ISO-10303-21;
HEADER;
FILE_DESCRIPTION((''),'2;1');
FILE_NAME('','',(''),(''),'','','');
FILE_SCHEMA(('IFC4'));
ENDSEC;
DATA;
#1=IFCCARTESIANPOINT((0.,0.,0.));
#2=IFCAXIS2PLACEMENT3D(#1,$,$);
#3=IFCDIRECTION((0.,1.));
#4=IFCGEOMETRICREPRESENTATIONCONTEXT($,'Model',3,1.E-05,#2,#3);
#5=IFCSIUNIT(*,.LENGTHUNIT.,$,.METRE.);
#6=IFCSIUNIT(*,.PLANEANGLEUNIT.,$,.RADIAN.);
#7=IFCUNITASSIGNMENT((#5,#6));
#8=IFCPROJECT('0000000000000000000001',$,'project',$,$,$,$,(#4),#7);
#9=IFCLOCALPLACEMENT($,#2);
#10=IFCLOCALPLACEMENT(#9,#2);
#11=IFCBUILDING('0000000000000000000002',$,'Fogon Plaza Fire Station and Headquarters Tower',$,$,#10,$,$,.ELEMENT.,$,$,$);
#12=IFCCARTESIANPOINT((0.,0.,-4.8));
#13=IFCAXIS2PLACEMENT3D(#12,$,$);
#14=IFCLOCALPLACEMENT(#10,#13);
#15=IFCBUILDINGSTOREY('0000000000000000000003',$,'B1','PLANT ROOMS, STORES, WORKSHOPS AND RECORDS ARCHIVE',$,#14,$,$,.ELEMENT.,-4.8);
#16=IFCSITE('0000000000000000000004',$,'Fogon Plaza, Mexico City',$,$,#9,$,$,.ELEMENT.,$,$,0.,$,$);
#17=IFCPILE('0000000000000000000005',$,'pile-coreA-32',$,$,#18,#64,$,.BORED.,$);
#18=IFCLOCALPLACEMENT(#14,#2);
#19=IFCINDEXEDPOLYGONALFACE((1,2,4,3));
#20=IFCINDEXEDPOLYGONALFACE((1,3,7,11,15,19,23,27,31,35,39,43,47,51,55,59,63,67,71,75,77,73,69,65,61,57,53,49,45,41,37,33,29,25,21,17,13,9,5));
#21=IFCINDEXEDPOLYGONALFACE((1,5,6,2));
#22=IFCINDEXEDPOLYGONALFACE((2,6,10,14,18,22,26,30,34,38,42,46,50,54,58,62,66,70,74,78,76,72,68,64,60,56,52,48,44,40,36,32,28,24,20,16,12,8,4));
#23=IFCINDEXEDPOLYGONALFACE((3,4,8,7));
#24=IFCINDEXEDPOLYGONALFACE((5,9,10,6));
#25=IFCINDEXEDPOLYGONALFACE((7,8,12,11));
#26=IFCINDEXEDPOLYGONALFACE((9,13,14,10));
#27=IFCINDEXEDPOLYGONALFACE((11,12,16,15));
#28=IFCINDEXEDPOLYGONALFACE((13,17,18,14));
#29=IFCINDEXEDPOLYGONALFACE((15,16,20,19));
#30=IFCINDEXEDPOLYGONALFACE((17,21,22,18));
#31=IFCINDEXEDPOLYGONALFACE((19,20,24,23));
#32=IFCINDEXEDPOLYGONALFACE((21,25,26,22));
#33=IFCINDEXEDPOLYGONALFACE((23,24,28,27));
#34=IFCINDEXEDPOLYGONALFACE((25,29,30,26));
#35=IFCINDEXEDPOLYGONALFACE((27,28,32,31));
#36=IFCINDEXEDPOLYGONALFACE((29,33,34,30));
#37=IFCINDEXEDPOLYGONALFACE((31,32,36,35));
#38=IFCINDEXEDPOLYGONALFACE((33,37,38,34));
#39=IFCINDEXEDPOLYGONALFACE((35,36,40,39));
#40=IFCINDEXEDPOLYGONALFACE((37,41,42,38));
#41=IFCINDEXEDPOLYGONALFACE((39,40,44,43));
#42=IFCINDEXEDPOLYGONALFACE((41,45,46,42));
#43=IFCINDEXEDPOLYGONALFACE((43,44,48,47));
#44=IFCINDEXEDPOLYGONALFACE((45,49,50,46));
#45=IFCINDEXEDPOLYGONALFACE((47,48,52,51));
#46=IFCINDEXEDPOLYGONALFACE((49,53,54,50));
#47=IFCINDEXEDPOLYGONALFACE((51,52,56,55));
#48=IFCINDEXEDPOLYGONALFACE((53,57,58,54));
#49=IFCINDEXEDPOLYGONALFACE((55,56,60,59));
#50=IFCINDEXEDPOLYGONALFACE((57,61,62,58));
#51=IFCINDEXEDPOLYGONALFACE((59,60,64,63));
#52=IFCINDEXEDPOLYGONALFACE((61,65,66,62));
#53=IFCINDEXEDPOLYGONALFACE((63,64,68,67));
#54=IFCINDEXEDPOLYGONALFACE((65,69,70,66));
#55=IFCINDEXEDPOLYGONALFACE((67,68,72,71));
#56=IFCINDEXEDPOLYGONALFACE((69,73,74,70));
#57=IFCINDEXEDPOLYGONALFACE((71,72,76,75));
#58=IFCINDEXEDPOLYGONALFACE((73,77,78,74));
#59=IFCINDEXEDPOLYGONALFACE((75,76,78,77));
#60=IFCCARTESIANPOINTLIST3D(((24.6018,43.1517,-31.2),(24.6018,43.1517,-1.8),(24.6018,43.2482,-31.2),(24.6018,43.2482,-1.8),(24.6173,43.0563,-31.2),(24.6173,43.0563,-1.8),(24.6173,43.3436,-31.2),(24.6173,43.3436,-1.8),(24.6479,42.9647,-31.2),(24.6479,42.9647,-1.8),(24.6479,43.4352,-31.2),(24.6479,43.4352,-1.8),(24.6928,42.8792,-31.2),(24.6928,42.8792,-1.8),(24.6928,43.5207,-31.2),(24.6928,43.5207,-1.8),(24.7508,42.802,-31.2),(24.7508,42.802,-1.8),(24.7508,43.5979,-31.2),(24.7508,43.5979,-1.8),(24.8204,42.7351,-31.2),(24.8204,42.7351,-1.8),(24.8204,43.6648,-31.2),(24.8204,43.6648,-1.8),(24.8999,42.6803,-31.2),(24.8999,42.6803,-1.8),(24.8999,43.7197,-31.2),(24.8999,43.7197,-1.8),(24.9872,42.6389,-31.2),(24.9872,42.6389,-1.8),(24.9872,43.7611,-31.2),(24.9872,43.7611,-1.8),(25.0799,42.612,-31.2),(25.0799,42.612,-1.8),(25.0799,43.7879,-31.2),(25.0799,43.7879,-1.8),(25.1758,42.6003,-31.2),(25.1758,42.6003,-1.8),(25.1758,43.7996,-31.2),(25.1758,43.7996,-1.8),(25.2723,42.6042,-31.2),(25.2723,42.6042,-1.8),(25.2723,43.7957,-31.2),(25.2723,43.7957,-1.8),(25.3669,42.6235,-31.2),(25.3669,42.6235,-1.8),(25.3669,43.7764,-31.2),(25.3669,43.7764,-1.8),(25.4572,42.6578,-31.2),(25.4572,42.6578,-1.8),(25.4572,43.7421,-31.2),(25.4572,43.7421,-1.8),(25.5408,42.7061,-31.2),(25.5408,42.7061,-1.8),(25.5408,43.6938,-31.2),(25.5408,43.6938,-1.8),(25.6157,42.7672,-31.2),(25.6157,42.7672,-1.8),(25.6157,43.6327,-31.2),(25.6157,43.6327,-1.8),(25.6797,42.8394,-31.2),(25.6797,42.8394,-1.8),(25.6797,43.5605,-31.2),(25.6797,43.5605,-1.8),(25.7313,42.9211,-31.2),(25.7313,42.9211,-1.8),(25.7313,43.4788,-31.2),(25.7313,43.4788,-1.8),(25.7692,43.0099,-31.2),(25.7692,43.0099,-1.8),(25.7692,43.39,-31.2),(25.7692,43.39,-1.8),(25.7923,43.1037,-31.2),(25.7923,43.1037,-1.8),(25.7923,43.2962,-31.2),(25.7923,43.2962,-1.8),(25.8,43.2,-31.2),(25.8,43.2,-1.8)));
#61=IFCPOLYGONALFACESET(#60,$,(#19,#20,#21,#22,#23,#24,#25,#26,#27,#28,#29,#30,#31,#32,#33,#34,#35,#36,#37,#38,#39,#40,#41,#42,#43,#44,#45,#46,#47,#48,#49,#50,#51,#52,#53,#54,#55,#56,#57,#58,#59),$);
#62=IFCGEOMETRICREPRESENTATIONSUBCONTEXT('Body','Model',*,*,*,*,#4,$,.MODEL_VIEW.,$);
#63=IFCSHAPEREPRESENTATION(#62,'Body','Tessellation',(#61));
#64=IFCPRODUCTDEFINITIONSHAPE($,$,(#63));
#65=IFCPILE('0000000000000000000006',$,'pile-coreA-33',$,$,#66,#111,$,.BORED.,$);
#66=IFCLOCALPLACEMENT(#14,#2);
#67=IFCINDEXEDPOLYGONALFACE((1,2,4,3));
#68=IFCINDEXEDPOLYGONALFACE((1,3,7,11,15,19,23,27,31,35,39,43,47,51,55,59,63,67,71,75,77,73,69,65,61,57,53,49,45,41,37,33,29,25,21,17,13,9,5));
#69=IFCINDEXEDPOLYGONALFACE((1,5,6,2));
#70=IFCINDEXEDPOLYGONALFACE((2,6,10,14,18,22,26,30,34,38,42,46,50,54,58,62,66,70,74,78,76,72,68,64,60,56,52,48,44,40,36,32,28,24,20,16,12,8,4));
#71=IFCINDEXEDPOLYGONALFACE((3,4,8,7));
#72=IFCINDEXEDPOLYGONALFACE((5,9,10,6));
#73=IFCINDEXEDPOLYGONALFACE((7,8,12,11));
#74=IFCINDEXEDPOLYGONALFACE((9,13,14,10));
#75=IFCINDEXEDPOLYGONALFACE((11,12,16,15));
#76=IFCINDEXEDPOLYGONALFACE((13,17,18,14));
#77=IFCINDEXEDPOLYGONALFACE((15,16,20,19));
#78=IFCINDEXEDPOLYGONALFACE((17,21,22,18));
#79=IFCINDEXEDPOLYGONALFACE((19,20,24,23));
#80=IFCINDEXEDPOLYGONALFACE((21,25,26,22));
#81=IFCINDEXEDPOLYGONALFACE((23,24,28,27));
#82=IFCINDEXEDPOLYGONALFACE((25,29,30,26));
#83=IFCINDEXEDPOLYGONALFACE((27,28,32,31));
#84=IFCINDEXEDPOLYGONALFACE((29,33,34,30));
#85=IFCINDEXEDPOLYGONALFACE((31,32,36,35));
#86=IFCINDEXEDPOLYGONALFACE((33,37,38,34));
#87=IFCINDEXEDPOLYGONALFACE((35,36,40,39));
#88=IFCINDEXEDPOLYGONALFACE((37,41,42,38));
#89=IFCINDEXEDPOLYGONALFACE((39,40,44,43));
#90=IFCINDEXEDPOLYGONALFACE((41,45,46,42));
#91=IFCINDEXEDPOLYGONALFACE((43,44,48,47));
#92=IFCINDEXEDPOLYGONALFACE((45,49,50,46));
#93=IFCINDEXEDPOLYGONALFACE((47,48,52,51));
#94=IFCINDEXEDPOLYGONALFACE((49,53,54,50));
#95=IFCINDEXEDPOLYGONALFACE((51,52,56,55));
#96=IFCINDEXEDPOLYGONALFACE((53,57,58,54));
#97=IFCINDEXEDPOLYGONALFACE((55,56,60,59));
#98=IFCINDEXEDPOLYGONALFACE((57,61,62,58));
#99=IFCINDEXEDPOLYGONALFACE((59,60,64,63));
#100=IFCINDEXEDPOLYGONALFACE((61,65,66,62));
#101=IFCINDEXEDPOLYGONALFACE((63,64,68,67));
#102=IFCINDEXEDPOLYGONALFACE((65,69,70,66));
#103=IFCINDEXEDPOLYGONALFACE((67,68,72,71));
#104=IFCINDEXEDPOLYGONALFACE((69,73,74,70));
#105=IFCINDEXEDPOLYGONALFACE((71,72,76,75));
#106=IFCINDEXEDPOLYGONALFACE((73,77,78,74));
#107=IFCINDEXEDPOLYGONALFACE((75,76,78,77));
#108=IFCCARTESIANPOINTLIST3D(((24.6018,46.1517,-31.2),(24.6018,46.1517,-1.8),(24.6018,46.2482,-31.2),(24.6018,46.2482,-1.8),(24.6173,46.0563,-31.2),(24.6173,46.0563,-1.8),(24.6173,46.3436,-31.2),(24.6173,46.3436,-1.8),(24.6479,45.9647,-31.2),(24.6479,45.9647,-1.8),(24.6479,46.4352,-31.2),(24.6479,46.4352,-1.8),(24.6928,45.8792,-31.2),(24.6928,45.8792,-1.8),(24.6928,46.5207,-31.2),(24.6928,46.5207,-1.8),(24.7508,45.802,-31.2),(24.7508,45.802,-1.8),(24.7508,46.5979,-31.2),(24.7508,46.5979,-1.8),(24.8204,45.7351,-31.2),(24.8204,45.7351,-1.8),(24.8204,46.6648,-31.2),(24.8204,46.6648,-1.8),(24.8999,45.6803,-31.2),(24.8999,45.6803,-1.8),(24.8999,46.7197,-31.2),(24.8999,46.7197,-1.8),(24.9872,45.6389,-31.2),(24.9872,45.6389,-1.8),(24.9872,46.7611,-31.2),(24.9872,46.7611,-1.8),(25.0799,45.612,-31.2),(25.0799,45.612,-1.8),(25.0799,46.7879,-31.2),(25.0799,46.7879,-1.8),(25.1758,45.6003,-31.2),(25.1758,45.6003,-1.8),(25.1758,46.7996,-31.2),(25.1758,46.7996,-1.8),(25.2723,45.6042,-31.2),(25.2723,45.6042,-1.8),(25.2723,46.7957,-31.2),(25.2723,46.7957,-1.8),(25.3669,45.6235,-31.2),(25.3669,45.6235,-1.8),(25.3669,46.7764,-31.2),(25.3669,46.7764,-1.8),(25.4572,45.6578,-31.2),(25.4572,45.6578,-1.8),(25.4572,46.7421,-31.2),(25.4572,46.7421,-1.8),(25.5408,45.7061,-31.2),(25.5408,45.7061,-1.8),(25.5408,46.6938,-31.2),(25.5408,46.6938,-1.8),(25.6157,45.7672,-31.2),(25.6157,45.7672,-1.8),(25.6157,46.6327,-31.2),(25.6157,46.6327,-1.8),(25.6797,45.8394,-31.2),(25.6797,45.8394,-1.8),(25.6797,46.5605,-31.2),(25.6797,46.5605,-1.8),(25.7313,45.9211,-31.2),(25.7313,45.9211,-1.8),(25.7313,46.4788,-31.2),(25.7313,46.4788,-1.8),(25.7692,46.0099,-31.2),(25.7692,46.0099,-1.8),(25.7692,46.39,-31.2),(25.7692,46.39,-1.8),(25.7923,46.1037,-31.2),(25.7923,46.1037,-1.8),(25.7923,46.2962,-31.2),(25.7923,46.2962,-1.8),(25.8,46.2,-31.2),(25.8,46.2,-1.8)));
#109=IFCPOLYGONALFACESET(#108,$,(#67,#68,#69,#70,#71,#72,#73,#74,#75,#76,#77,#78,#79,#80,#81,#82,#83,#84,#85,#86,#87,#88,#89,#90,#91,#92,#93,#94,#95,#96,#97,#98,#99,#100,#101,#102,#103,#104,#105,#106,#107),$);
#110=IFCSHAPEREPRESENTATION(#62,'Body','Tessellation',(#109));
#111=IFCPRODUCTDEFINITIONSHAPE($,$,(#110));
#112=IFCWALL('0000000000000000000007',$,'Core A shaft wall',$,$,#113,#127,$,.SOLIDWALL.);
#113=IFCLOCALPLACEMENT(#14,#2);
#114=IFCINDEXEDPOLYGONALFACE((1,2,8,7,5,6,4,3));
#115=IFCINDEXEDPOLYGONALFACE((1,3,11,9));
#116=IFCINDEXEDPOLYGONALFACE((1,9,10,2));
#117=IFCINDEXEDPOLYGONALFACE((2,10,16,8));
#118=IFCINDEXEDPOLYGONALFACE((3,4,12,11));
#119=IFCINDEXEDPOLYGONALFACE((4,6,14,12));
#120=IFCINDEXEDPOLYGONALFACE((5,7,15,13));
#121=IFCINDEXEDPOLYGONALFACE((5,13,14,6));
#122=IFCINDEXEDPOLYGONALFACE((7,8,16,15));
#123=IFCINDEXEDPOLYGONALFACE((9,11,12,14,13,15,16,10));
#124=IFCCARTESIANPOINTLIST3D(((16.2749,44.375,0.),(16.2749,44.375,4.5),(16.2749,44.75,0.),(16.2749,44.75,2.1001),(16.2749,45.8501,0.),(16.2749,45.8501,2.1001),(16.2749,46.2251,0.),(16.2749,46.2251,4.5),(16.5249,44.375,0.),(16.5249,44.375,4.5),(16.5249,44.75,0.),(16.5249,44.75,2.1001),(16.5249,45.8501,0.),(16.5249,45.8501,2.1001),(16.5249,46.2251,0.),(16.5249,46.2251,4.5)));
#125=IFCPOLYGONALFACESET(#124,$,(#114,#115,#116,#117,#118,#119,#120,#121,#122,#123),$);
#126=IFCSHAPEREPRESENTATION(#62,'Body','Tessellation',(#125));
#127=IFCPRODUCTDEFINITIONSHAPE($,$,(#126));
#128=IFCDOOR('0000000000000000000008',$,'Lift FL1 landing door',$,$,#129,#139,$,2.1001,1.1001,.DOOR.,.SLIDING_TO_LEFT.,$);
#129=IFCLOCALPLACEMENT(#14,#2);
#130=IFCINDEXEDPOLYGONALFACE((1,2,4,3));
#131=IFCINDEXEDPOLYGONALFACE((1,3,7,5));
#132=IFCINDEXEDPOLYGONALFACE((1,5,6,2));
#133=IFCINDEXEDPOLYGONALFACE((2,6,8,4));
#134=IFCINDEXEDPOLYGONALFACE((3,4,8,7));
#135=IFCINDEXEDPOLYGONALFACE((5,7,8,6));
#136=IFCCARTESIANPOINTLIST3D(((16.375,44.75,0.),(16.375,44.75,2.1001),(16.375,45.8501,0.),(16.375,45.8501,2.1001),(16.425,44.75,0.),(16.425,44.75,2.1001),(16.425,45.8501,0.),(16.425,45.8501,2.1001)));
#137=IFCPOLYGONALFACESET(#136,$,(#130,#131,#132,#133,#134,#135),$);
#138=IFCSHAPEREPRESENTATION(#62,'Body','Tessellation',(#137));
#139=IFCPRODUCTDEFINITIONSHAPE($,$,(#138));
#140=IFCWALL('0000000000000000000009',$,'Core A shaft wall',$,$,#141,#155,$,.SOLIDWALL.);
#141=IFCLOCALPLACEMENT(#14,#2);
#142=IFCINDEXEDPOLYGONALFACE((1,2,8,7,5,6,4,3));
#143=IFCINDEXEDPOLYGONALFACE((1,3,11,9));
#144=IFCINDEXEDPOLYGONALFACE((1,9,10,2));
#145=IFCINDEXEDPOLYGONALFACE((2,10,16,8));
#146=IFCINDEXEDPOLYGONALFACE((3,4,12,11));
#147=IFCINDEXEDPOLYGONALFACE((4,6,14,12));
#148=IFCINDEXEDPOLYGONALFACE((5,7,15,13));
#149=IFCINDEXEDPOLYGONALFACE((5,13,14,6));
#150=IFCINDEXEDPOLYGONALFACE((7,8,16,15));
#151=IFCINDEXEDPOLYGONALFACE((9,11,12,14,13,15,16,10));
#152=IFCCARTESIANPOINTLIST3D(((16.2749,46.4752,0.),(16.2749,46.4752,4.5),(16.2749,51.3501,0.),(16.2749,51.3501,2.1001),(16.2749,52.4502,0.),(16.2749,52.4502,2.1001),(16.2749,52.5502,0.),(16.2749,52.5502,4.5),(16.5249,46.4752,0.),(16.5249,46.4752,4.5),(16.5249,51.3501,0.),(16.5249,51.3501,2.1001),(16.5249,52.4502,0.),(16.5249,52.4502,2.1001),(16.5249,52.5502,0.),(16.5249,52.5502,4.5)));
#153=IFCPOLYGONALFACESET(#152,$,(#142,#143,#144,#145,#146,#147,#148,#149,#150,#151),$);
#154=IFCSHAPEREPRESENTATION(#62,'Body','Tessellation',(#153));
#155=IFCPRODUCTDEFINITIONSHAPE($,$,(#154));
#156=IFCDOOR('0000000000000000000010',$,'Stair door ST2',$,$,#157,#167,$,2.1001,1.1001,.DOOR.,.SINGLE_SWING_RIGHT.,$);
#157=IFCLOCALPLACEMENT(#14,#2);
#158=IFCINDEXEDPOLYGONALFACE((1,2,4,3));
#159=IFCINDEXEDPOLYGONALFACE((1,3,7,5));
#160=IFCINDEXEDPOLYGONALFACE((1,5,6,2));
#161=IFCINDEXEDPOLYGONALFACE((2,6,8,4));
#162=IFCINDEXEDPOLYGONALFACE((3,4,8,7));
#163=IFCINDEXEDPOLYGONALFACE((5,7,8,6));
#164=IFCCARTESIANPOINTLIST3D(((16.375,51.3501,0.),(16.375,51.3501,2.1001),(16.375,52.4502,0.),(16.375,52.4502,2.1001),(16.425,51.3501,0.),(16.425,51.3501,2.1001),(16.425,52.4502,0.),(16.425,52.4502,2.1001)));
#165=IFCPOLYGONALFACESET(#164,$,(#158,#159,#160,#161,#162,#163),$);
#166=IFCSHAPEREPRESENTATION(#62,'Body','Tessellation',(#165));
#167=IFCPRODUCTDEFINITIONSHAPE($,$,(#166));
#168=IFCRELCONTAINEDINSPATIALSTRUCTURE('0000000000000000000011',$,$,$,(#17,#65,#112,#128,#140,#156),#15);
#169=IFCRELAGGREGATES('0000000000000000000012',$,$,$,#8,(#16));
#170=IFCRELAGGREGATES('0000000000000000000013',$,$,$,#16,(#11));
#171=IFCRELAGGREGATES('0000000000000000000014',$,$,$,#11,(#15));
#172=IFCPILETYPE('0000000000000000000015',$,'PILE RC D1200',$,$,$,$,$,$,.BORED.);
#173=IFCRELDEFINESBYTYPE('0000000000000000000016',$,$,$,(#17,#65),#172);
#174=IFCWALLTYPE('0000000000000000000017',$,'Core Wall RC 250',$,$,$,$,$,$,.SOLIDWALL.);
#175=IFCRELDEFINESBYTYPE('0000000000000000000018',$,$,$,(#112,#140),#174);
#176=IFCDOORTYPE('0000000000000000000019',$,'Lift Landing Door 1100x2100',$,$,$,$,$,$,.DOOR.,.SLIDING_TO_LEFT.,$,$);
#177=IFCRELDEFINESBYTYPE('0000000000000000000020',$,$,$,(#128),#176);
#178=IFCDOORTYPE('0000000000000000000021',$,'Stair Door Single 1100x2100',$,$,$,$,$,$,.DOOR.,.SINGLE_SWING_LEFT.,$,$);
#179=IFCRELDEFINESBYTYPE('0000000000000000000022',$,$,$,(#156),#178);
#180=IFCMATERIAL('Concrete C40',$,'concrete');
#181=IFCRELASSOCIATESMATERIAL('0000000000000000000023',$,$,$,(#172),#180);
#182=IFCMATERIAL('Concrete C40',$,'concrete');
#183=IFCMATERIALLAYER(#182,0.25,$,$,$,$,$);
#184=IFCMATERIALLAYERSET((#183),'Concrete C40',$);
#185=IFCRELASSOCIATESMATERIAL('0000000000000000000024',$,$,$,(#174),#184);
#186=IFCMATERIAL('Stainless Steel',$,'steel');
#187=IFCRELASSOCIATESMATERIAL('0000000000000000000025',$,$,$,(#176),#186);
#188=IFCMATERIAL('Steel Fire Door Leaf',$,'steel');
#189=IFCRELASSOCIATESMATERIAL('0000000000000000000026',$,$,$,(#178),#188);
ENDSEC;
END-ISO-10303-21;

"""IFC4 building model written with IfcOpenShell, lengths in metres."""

from ifc_helpers import new_model, si_unit, direction, frame, frame_2d, origin, origin_2d, place, context, subcontext, project, spatial, rectangle, circle, extrude, material, layer, layer_set, material_profile, profile_set, type_object, element, fill, save


model = new_model("IFC4")

# Units and contexts
model_context = context("Model", 3, precision=1e-05, world=origin(), true_north=direction((0.0, 1.0)))
body_context = subcontext(model_context, "Body", "Model", "MODEL_VIEW")
ifc_project = project(units=[si_unit("LENGTHUNIT", "METRE"), si_unit("PLANEANGLEUNIT", "RADIAN")], contexts=[model_context])

# Site, building, storey
site_placement = place(None, origin())
site = spatial("IfcSite", under=ifc_project, at=site_placement, Name="Fogon Plaza, Mexico City", CompositionType="ELEMENT", RefElevation=0.0)
building_placement = place(site_placement, origin())
building = spatial("IfcBuilding", under=site, at=building_placement, Name="Fogon Plaza Fire Station and Headquarters Tower", CompositionType="ELEMENT")
storey_placement = place(building_placement, frame((0.0, 0.0, -4.8)))
storey = spatial("IfcBuildingStorey", under=building, at=storey_placement, Name="B1", Description="PLANT ROOMS, STORES, WORKSHOPS AND RECORDS ARCHIVE", CompositionType="ELEMENT", Elevation=-4.8)

# Piles
ifc_material_1 = material(Name="Concrete C40", Category="concrete")
ifc_material_profile = material_profile(ifc_material_1, circle(Radius=0.6001, at=origin_2d()), Name="RC D1200")
ifc_profile_set = profile_set([ifc_material_profile], Name="Concrete C40")
pile_type = type_object("IfcPileType", Name="PILE RC D1200", PredefinedType="BORED", material=ifc_profile_set)
for number, where, z_axis, x_axis, name in (
    (1, (25.2, 43.2, -1.8), (0.0, 0.0, -1.0), (1.0, 0.0, 0.0), "pile-coreA-32"),
    (2, (25.2, 46.2, -1.8), (0.0, 0.0, -1.0), (1.0, 0.0, 0.0), "pile-coreA-33"),
):
    element("IfcPile", number, at=place(storey_placement, frame(where, z_axis=z_axis, x_axis=x_axis)), inside=storey, type_object=pile_type, Name=name, PredefinedType="BORED", context=body_context, shape_type="SweptSolid", body=[
        extrude(circle(Radius=0.6001, at=origin_2d()), origin(), (0.0, 0.0, 1.0), 29.3999),
    ])

# Walls, openings, doors
ifc_material_2 = material(Name="Concrete C40", Category="concrete")
ifc_layer_1 = layer(ifc_material_2, 0.25)
ifc_layer_set_1 = layer_set([ifc_layer_1], Name="Concrete C40")
wall_type_1 = type_object("IfcWallType", Name="Core Wall RC 250", PredefinedType="SOLIDWALL", material=ifc_layer_set_1)
wall_1_placement = place(storey_placement, frame((16.3999, 44.375, 0.0), z_axis=(0.0, 0.0, 1.0), x_axis=(0.0, 1.0, 0.0)))
wall_1 = element("IfcWall", 3, at=wall_1_placement, inside=storey, type_object=wall_type_1, Name="Core A shaft wall", PredefinedType="SOLIDWALL", context=body_context, shape_type="SweptSolid", body=[
    extrude(rectangle(XDim=1.8501, YDim=0.25, at=frame_2d((0.925, 0.0))), origin(), (0.0, 0.0, 1.0), 4.5),
])
opening_1_placement = place(wall_1_placement, frame((0.375, 0.0, 0.0)))
opening_1 = element("IfcOpeningElement", 4, at=opening_1_placement, cuts=wall_1, PredefinedType="OPENING", context=body_context, shape_type="SweptSolid", body=[
    extrude(rectangle(XDim=1.1001, YDim=2.1001, at=frame_2d((0.55, 1.05))), frame((0.0, 0.135, 0.0), z_axis=(0.0, -1.0, 0.0), x_axis=(1.0, 0.0, 0.0)), (0.0, 0.0, 1.0), 0.27),
])
ifc_material_3 = material(Name="Stainless Steel", Category="steel")
door_type_1 = type_object("IfcDoorType", Name="Lift Landing Door 1100x2100", OperationType="SLIDING_TO_LEFT", PredefinedType="DOOR", material=ifc_material_3)
door_1_placement = place(opening_1_placement, origin())
door_1 = element("IfcDoor", 5, at=door_1_placement, inside=storey, type_object=door_type_1, Name="Lift FL1 landing door", OperationType="SLIDING_TO_LEFT", OverallHeight=2.1001, OverallWidth=1.1001, PredefinedType="DOOR", context=body_context, shape_type="SweptSolid", body=[
    extrude(rectangle(XDim=1.1001, YDim=2.1001, at=frame_2d((0.55, 1.05))), frame((0.0, 0.0249, 0.0), z_axis=(0.0, -1.0, 0.0), x_axis=(1.0, 0.0, 0.0)), (0.0, 0.0, 1.0), 0.05),
])
fill(opening_1, door_1)
wall_2_placement = place(storey_placement, frame((16.3999, 46.4751, 0.0), z_axis=(0.0, 0.0, 1.0), x_axis=(0.0, 1.0, 0.0)))
wall_2 = element("IfcWall", 6, at=wall_2_placement, inside=storey, type_object=wall_type_1, Name="Core A shaft wall", PredefinedType="SOLIDWALL", context=body_context, shape_type="SweptSolid", body=[
    extrude(rectangle(XDim=6.075, YDim=0.25, at=frame_2d((3.0376, 0.0))), origin(), (0.0, 0.0, 1.0), 4.5),
])
opening_2_placement = place(wall_2_placement, frame((4.875, 0.0, 0.0)))
opening_2 = element("IfcOpeningElement", 7, at=opening_2_placement, cuts=wall_2, PredefinedType="OPENING", context=body_context, shape_type="SweptSolid", body=[
    extrude(rectangle(XDim=1.1001, YDim=2.1001, at=frame_2d((0.55, 1.05))), frame((0.0, 0.135, 0.0), z_axis=(0.0, -1.0, 0.0), x_axis=(1.0, 0.0, 0.0)), (0.0, 0.0, 1.0), 0.27),
])
ifc_material_4 = material(Name="Steel Fire Door Leaf", Category="steel")
door_type_2 = type_object("IfcDoorType", Name="Stair Door Single 1100x2100", OperationType="SINGLE_SWING_LEFT", PredefinedType="DOOR", material=ifc_material_4)
door_2_placement = place(opening_2_placement, origin())
door_2 = element("IfcDoor", 8, at=door_2_placement, inside=storey, type_object=door_type_2, Name="Stair door ST2", OperationType="SINGLE_SWING_RIGHT", OverallHeight=2.1001, OverallWidth=1.1001, PredefinedType="DOOR", context=body_context, shape_type="SweptSolid", body=[
    extrude(rectangle(XDim=1.1001, YDim=2.1001, at=frame_2d((0.55, 1.05))), frame((0.0, 0.0249, 0.0), z_axis=(0.0, -1.0, 0.0), x_axis=(1.0, 0.0, 0.0)), (0.0, 0.0, 1.0), 0.05),
])
fill(opening_2, door_2)

save(model, "model.ifc")
